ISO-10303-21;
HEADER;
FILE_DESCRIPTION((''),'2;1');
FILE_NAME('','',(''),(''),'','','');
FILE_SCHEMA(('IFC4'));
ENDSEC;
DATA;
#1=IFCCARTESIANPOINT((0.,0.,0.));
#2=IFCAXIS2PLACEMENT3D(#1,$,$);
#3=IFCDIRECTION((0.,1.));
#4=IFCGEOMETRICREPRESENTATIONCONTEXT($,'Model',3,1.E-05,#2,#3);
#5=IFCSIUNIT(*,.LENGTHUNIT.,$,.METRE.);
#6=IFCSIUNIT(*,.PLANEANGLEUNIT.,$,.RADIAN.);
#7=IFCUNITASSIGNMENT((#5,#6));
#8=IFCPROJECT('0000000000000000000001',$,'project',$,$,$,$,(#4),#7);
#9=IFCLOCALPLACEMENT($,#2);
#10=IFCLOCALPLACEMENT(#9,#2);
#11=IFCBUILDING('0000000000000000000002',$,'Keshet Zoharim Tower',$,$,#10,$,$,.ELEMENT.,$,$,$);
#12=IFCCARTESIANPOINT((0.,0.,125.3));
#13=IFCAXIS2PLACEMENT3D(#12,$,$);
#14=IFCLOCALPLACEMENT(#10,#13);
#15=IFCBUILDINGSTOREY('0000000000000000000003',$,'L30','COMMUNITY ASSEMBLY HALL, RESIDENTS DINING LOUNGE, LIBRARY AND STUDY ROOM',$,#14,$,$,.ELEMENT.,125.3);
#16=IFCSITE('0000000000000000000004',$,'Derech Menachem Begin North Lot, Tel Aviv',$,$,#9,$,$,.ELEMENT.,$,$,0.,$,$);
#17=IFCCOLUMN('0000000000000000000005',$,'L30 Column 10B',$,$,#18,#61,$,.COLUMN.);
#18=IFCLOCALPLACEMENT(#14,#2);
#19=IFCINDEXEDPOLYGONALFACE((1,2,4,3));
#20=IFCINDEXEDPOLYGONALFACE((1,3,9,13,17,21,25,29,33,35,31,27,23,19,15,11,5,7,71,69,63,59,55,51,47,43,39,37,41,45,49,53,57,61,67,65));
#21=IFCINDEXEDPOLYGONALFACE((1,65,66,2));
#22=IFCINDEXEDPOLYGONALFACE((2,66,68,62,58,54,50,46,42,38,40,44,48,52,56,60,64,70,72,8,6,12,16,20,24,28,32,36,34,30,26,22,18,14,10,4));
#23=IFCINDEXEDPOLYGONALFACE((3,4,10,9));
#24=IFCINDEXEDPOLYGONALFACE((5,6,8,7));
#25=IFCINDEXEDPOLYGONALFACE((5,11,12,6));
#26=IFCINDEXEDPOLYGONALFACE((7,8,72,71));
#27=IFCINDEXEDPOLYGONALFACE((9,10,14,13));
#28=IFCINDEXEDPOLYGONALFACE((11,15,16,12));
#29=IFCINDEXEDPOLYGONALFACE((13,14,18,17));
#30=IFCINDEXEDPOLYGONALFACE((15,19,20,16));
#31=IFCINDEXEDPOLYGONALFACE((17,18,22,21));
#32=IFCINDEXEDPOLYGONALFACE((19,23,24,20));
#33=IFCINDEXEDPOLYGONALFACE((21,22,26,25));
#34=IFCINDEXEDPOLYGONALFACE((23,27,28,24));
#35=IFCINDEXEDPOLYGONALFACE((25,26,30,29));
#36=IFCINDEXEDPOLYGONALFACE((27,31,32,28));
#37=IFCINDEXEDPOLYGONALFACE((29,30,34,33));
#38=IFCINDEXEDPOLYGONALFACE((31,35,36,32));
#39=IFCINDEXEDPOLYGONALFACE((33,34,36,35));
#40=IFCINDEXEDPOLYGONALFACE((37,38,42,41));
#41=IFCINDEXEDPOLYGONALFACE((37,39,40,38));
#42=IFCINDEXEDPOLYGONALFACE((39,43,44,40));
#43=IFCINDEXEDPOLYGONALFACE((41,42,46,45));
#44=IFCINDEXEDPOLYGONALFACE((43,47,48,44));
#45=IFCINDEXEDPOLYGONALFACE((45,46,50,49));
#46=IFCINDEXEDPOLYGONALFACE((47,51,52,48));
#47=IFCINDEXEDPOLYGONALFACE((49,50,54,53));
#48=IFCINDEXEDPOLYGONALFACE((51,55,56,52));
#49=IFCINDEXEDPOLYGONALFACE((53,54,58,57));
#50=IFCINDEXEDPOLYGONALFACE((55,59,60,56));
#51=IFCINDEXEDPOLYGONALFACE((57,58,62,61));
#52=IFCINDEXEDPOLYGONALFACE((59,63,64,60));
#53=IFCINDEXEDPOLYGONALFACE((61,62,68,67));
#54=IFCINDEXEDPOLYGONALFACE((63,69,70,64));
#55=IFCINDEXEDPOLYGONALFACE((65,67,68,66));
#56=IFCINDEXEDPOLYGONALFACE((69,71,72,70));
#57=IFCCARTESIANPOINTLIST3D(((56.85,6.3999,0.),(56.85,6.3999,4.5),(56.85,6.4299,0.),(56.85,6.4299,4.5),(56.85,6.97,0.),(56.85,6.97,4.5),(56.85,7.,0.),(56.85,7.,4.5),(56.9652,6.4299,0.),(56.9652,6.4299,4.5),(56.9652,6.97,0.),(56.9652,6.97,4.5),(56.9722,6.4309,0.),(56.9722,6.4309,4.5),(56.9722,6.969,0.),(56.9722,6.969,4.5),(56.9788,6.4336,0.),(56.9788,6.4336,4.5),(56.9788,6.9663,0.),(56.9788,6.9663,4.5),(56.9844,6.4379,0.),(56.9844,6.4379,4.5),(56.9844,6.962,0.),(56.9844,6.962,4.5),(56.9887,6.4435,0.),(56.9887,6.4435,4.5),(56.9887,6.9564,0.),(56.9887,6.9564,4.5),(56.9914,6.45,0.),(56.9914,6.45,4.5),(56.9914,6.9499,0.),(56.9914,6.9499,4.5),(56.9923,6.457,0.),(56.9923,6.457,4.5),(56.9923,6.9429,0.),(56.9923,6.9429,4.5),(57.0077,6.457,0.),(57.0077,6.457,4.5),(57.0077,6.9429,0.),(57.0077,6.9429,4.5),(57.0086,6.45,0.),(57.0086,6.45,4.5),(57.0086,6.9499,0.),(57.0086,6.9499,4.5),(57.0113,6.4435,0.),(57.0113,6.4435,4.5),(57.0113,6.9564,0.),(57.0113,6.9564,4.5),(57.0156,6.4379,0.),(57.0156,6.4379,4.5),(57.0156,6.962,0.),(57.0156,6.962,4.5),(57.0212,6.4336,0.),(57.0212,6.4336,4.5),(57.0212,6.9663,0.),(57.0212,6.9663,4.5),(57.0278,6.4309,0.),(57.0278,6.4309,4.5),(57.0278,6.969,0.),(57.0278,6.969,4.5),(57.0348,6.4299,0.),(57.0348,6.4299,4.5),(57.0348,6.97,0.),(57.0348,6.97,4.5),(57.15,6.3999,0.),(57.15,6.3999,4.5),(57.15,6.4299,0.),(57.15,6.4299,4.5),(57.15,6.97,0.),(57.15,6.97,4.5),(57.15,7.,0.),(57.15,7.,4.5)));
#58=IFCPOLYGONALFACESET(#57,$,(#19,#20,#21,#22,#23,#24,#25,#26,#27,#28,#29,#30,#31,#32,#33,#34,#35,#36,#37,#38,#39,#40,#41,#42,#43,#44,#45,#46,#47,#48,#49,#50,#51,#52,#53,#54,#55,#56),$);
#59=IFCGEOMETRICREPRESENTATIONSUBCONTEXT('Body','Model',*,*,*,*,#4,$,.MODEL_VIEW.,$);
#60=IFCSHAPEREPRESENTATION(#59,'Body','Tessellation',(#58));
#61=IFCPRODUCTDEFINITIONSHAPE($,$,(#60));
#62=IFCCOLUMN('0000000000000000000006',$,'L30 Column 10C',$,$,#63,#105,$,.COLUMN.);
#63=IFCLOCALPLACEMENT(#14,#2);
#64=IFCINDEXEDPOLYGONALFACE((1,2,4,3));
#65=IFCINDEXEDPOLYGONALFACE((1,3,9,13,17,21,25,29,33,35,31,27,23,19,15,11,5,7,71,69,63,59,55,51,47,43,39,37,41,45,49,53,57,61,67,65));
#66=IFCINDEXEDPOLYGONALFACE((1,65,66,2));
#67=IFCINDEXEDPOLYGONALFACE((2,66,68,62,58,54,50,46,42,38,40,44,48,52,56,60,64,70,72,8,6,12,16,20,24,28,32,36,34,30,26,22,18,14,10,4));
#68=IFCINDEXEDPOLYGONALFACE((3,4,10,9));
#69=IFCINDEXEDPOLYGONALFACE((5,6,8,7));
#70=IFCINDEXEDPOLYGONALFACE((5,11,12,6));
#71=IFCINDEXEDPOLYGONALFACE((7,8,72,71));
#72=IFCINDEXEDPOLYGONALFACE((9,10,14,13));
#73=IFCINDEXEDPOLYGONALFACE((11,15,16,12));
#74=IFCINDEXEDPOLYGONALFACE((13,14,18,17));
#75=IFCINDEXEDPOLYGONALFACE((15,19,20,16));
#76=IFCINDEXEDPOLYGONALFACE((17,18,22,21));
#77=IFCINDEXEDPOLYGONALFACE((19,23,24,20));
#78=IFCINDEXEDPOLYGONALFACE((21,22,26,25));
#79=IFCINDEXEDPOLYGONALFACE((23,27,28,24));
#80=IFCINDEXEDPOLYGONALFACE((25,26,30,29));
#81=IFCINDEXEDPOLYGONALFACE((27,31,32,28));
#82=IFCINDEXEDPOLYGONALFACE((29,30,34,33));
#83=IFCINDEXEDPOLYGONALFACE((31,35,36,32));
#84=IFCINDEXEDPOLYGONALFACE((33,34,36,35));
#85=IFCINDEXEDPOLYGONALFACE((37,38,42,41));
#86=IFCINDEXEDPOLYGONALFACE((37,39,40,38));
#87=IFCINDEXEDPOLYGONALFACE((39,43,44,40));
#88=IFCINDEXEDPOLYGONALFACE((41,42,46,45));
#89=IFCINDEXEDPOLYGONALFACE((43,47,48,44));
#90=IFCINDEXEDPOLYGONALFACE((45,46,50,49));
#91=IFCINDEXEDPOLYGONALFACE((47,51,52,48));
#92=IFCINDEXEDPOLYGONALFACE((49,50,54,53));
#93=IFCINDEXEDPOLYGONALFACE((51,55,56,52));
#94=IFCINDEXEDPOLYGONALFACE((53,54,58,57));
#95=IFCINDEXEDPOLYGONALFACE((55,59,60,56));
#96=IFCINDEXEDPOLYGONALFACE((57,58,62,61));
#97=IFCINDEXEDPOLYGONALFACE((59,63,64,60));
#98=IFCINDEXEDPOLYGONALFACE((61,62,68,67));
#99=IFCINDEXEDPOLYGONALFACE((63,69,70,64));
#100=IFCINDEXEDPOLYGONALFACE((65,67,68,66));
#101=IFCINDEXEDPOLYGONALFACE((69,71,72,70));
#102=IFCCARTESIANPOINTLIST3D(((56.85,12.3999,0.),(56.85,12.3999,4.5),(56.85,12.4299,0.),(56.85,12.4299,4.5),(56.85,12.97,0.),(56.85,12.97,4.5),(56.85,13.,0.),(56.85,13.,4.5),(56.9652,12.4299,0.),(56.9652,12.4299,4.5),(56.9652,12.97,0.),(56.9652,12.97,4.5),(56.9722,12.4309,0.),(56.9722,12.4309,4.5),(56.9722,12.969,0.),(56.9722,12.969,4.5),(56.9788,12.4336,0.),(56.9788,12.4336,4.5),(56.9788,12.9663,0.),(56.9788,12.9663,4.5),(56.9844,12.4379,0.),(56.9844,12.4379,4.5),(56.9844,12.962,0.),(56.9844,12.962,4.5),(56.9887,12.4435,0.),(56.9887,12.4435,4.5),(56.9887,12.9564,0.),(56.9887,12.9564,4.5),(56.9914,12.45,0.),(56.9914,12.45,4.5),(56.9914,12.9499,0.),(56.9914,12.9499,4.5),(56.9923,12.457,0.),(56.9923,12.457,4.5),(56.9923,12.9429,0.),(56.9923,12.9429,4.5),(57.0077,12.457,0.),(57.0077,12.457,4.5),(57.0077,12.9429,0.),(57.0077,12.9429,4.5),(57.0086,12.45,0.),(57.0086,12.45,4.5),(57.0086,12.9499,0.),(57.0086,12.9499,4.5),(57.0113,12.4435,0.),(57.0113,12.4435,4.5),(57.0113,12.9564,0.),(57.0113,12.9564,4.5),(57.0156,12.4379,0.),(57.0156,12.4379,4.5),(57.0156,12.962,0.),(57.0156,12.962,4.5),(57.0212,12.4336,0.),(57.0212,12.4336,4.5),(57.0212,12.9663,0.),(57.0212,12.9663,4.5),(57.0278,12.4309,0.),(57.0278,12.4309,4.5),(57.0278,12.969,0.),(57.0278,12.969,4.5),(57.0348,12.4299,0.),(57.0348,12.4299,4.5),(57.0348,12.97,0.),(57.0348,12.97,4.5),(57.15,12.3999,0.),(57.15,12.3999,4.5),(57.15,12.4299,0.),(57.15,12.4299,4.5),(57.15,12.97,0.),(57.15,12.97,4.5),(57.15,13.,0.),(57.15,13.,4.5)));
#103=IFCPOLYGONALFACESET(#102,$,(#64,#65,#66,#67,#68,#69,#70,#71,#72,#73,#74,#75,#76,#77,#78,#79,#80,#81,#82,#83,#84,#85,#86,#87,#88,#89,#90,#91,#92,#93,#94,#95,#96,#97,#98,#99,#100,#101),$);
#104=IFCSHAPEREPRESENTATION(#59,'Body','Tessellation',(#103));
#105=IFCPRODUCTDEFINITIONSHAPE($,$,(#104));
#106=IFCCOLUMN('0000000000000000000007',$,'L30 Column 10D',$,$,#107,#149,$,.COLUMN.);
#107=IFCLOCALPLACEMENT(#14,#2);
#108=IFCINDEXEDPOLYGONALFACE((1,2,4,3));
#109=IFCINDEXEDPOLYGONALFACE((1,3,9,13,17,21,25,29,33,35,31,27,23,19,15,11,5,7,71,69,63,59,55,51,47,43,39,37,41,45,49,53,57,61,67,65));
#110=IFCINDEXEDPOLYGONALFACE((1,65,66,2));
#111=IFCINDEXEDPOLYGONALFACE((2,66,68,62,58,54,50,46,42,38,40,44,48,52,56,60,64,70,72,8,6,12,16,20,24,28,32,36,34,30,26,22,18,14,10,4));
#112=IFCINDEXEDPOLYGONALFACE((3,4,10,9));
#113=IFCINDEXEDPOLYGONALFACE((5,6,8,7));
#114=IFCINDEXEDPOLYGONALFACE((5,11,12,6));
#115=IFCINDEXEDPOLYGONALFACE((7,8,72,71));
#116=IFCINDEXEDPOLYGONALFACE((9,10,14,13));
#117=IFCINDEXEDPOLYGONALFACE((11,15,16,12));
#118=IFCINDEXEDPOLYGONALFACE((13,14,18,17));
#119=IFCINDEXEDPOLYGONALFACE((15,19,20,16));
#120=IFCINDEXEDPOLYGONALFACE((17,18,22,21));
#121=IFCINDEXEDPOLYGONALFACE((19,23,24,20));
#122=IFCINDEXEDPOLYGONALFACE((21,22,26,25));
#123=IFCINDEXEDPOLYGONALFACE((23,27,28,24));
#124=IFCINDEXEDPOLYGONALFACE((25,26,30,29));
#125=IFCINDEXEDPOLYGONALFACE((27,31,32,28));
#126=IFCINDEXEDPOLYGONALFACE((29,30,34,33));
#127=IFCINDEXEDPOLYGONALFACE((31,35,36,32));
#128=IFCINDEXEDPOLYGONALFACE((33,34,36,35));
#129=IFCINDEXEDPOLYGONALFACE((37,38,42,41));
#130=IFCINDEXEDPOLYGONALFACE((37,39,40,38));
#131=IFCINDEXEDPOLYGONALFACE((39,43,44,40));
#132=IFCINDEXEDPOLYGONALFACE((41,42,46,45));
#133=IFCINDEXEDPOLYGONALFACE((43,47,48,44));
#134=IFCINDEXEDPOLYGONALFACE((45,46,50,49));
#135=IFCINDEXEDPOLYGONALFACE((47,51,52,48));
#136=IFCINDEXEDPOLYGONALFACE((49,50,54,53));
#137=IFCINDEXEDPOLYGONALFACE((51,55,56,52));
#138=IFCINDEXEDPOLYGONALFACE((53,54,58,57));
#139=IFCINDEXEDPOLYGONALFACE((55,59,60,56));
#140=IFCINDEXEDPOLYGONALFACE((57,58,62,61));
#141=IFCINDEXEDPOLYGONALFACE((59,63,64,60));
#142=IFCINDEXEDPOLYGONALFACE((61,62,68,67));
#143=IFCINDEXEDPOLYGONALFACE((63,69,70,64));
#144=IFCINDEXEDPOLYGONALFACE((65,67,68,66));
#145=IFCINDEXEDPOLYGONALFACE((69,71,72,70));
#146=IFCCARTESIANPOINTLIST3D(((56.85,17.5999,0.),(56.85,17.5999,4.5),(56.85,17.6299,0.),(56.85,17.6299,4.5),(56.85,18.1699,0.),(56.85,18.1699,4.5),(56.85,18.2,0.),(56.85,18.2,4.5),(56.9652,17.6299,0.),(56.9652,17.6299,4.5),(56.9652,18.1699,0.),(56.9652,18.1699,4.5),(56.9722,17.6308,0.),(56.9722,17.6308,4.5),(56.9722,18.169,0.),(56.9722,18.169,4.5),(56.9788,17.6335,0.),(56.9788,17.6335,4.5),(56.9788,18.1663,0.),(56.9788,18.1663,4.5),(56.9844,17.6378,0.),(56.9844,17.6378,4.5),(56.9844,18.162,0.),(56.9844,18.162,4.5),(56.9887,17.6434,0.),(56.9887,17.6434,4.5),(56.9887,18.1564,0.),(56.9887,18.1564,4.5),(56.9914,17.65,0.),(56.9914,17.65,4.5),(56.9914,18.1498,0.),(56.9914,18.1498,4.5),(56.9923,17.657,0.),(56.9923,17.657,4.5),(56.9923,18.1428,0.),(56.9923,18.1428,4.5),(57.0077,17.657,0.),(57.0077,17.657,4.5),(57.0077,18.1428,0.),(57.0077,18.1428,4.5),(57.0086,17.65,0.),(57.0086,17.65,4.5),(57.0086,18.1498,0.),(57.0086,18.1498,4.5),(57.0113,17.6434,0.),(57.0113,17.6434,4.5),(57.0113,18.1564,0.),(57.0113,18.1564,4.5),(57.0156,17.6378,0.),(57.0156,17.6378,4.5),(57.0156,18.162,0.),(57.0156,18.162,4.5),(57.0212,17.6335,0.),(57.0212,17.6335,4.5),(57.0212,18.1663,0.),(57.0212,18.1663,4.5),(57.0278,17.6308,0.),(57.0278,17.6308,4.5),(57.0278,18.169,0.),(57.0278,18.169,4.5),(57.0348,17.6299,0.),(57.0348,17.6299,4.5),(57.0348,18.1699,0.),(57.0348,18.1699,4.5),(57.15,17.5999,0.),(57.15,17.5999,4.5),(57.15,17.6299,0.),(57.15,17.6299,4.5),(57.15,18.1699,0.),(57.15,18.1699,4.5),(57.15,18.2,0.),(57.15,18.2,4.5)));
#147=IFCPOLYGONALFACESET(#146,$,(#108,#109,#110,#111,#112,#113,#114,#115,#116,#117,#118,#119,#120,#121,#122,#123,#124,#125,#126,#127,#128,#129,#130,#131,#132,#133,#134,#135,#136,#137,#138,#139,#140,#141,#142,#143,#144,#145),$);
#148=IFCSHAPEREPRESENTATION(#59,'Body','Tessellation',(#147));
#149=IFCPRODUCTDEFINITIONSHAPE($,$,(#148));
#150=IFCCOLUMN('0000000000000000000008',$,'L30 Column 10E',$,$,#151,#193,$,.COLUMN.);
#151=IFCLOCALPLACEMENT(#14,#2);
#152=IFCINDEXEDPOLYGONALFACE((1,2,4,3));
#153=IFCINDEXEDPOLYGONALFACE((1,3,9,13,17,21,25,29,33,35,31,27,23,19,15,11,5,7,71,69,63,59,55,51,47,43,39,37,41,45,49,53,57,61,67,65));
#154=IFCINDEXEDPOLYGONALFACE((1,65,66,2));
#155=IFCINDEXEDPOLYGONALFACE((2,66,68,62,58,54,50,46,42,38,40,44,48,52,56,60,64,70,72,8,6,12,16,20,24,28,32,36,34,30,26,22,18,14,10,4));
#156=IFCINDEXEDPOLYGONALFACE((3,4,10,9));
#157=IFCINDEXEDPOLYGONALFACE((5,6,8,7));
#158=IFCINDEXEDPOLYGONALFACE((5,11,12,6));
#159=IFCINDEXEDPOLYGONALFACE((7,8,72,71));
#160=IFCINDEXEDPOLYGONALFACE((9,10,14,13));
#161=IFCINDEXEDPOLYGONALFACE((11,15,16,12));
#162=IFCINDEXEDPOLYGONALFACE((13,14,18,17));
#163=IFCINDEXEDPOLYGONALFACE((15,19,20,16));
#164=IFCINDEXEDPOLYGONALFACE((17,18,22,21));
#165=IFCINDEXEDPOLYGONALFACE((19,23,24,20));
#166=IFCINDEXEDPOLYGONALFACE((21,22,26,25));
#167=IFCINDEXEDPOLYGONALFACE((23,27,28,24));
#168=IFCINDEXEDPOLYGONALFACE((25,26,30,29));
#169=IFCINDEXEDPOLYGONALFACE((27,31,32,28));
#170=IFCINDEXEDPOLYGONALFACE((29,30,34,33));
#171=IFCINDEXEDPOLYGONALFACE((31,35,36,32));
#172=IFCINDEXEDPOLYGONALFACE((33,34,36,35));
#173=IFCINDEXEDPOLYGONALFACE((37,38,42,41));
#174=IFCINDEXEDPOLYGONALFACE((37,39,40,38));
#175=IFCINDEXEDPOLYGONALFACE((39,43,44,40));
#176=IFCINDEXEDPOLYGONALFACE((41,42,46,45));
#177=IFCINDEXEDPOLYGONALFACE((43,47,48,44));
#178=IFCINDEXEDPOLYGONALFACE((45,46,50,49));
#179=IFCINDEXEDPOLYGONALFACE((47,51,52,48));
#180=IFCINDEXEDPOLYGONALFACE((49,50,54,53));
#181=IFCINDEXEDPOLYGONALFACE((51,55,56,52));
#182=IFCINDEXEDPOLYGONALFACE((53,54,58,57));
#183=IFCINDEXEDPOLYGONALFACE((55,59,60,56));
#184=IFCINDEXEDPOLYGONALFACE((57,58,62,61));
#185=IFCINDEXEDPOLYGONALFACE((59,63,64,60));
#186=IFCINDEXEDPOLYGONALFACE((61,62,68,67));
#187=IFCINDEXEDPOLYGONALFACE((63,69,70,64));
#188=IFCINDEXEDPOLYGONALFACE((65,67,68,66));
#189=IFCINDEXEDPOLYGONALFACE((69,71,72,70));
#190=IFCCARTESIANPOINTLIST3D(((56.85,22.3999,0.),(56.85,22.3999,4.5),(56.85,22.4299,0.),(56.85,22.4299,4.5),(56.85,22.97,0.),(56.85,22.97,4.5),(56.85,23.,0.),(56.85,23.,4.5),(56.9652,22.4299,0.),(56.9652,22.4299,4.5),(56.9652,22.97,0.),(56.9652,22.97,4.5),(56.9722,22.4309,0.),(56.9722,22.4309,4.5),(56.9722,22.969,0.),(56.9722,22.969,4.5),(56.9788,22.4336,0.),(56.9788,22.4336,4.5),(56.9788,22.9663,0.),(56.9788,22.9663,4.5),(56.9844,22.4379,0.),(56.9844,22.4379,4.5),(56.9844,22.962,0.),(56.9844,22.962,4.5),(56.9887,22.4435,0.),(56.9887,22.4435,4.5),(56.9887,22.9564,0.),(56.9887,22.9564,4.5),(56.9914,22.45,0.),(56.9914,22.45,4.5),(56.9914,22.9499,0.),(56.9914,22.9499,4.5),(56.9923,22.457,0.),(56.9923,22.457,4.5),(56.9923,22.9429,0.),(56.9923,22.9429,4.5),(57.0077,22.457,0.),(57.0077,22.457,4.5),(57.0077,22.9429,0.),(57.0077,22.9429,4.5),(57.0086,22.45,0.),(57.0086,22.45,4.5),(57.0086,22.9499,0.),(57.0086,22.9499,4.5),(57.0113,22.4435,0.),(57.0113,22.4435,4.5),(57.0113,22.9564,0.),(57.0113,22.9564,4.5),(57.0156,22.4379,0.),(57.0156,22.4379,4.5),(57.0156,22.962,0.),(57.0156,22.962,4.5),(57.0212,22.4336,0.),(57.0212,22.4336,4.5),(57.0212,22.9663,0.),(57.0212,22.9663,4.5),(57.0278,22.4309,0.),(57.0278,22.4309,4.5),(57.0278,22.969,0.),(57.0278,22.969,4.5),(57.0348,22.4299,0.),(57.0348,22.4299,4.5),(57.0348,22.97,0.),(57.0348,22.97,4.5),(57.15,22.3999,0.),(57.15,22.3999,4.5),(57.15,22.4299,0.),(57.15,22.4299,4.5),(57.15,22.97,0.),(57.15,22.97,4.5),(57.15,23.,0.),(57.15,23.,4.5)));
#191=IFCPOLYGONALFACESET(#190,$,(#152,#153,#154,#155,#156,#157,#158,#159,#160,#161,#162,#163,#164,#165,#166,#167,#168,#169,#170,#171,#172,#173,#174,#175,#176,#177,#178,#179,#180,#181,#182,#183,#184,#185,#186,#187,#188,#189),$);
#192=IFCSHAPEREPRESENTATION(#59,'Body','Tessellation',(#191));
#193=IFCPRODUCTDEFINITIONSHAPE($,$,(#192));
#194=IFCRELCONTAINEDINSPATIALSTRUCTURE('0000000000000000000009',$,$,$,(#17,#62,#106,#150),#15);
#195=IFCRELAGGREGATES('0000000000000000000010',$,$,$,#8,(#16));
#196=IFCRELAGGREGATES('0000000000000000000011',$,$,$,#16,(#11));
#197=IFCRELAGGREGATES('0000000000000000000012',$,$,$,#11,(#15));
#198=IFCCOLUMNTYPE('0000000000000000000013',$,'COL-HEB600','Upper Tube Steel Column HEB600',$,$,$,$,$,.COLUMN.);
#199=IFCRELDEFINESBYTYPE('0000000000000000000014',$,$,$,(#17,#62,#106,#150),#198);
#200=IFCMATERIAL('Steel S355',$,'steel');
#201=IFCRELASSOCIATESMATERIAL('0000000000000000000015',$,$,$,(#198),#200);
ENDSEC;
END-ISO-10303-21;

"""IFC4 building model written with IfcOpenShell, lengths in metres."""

from ifc_helpers import new_model, si_unit, direction, frame, origin, origin_2d, place, context, subcontext, project, spatial, i_section, extrude, material, material_profile, profile_set, type_object, element, save


model = new_model("IFC4")

# Units and contexts
model_context = context("Model", 3, precision=1e-05, world=origin(), true_north=direction((0.0, 1.0)))
body_context = subcontext(model_context, "Body", "Model", "MODEL_VIEW")
ifc_project = project(units=[si_unit("LENGTHUNIT", "METRE"), si_unit("PLANEANGLEUNIT", "RADIAN")], contexts=[model_context])

# Site, building, storey
site_placement = place(None, origin())
site = spatial("IfcSite", under=ifc_project, at=site_placement, Name="Derech Menachem Begin North Lot, Tel Aviv", CompositionType="ELEMENT", RefElevation=0.0)
building_placement = place(site_placement, origin())
building = spatial("IfcBuilding", under=site, at=building_placement, Name="Keshet Zoharim Tower", CompositionType="ELEMENT")
storey_placement = place(building_placement, frame((0.0, 0.0, 125.3)))
storey = spatial("IfcBuildingStorey", under=building, at=storey_placement, Name="L30", Description="COMMUNITY ASSEMBLY HALL, RESIDENTS DINING LOUNGE, LIBRARY AND STUDY ROOM", CompositionType="ELEMENT", Elevation=125.3)

# Columns
ifc_material_1 = material(Name="Steel S355", Category="steel")
ifc_material_profile_1 = material_profile(ifc_material_1, i_section(OverallWidth=0.3, OverallDepth=0.6001, WebThickness=0.0154, FlangeThickness=0.03, FilletRadius=0.0271, at=origin_2d()), Name="HEB600")
ifc_profile_set_1 = profile_set([ifc_material_profile_1], Name="Steel S355")
column_type = type_object("IfcColumnType", Name="COL-HEB600", Description="Upper Tube Steel Column HEB600", PredefinedType="COLUMN", material=ifc_profile_set_1)
for number, where, z_axis, x_axis, name in (
    (1, (57.0, 6.7, 0.0), (0.0, 0.0, 1.0), (1.0, 0.0, 0.0), "L30 Column 10B"),
    (2, (57.0, 12.7, 0.0), (0.0, 0.0, 1.0), (1.0, 0.0, 0.0), "L30 Column 10C"),
    (3, (57.0, 17.8999, 0.0), (0.0, 0.0, 1.0), (1.0, 0.0, 0.0), "L30 Column 10D"),
    (4, (57.0, 22.7, 0.0), (0.0, 0.0, 1.0), (1.0, 0.0, 0.0), "L30 Column 10E"),
):
    element("IfcColumn", number, at=place(storey_placement, frame(where, z_axis=z_axis, x_axis=x_axis)), inside=storey, type_object=column_type, Name=name, PredefinedType="COLUMN", context=body_context, shape_type="SweptSolid", body=[
        extrude(i_section(OverallWidth=0.3, OverallDepth=0.6001, WebThickness=0.0154, FlangeThickness=0.03, FilletRadius=0.0271, at=origin_2d()), origin(), (0.0, 0.0, 1.0), 4.5),
    ])

save(model, "model.ifc")
